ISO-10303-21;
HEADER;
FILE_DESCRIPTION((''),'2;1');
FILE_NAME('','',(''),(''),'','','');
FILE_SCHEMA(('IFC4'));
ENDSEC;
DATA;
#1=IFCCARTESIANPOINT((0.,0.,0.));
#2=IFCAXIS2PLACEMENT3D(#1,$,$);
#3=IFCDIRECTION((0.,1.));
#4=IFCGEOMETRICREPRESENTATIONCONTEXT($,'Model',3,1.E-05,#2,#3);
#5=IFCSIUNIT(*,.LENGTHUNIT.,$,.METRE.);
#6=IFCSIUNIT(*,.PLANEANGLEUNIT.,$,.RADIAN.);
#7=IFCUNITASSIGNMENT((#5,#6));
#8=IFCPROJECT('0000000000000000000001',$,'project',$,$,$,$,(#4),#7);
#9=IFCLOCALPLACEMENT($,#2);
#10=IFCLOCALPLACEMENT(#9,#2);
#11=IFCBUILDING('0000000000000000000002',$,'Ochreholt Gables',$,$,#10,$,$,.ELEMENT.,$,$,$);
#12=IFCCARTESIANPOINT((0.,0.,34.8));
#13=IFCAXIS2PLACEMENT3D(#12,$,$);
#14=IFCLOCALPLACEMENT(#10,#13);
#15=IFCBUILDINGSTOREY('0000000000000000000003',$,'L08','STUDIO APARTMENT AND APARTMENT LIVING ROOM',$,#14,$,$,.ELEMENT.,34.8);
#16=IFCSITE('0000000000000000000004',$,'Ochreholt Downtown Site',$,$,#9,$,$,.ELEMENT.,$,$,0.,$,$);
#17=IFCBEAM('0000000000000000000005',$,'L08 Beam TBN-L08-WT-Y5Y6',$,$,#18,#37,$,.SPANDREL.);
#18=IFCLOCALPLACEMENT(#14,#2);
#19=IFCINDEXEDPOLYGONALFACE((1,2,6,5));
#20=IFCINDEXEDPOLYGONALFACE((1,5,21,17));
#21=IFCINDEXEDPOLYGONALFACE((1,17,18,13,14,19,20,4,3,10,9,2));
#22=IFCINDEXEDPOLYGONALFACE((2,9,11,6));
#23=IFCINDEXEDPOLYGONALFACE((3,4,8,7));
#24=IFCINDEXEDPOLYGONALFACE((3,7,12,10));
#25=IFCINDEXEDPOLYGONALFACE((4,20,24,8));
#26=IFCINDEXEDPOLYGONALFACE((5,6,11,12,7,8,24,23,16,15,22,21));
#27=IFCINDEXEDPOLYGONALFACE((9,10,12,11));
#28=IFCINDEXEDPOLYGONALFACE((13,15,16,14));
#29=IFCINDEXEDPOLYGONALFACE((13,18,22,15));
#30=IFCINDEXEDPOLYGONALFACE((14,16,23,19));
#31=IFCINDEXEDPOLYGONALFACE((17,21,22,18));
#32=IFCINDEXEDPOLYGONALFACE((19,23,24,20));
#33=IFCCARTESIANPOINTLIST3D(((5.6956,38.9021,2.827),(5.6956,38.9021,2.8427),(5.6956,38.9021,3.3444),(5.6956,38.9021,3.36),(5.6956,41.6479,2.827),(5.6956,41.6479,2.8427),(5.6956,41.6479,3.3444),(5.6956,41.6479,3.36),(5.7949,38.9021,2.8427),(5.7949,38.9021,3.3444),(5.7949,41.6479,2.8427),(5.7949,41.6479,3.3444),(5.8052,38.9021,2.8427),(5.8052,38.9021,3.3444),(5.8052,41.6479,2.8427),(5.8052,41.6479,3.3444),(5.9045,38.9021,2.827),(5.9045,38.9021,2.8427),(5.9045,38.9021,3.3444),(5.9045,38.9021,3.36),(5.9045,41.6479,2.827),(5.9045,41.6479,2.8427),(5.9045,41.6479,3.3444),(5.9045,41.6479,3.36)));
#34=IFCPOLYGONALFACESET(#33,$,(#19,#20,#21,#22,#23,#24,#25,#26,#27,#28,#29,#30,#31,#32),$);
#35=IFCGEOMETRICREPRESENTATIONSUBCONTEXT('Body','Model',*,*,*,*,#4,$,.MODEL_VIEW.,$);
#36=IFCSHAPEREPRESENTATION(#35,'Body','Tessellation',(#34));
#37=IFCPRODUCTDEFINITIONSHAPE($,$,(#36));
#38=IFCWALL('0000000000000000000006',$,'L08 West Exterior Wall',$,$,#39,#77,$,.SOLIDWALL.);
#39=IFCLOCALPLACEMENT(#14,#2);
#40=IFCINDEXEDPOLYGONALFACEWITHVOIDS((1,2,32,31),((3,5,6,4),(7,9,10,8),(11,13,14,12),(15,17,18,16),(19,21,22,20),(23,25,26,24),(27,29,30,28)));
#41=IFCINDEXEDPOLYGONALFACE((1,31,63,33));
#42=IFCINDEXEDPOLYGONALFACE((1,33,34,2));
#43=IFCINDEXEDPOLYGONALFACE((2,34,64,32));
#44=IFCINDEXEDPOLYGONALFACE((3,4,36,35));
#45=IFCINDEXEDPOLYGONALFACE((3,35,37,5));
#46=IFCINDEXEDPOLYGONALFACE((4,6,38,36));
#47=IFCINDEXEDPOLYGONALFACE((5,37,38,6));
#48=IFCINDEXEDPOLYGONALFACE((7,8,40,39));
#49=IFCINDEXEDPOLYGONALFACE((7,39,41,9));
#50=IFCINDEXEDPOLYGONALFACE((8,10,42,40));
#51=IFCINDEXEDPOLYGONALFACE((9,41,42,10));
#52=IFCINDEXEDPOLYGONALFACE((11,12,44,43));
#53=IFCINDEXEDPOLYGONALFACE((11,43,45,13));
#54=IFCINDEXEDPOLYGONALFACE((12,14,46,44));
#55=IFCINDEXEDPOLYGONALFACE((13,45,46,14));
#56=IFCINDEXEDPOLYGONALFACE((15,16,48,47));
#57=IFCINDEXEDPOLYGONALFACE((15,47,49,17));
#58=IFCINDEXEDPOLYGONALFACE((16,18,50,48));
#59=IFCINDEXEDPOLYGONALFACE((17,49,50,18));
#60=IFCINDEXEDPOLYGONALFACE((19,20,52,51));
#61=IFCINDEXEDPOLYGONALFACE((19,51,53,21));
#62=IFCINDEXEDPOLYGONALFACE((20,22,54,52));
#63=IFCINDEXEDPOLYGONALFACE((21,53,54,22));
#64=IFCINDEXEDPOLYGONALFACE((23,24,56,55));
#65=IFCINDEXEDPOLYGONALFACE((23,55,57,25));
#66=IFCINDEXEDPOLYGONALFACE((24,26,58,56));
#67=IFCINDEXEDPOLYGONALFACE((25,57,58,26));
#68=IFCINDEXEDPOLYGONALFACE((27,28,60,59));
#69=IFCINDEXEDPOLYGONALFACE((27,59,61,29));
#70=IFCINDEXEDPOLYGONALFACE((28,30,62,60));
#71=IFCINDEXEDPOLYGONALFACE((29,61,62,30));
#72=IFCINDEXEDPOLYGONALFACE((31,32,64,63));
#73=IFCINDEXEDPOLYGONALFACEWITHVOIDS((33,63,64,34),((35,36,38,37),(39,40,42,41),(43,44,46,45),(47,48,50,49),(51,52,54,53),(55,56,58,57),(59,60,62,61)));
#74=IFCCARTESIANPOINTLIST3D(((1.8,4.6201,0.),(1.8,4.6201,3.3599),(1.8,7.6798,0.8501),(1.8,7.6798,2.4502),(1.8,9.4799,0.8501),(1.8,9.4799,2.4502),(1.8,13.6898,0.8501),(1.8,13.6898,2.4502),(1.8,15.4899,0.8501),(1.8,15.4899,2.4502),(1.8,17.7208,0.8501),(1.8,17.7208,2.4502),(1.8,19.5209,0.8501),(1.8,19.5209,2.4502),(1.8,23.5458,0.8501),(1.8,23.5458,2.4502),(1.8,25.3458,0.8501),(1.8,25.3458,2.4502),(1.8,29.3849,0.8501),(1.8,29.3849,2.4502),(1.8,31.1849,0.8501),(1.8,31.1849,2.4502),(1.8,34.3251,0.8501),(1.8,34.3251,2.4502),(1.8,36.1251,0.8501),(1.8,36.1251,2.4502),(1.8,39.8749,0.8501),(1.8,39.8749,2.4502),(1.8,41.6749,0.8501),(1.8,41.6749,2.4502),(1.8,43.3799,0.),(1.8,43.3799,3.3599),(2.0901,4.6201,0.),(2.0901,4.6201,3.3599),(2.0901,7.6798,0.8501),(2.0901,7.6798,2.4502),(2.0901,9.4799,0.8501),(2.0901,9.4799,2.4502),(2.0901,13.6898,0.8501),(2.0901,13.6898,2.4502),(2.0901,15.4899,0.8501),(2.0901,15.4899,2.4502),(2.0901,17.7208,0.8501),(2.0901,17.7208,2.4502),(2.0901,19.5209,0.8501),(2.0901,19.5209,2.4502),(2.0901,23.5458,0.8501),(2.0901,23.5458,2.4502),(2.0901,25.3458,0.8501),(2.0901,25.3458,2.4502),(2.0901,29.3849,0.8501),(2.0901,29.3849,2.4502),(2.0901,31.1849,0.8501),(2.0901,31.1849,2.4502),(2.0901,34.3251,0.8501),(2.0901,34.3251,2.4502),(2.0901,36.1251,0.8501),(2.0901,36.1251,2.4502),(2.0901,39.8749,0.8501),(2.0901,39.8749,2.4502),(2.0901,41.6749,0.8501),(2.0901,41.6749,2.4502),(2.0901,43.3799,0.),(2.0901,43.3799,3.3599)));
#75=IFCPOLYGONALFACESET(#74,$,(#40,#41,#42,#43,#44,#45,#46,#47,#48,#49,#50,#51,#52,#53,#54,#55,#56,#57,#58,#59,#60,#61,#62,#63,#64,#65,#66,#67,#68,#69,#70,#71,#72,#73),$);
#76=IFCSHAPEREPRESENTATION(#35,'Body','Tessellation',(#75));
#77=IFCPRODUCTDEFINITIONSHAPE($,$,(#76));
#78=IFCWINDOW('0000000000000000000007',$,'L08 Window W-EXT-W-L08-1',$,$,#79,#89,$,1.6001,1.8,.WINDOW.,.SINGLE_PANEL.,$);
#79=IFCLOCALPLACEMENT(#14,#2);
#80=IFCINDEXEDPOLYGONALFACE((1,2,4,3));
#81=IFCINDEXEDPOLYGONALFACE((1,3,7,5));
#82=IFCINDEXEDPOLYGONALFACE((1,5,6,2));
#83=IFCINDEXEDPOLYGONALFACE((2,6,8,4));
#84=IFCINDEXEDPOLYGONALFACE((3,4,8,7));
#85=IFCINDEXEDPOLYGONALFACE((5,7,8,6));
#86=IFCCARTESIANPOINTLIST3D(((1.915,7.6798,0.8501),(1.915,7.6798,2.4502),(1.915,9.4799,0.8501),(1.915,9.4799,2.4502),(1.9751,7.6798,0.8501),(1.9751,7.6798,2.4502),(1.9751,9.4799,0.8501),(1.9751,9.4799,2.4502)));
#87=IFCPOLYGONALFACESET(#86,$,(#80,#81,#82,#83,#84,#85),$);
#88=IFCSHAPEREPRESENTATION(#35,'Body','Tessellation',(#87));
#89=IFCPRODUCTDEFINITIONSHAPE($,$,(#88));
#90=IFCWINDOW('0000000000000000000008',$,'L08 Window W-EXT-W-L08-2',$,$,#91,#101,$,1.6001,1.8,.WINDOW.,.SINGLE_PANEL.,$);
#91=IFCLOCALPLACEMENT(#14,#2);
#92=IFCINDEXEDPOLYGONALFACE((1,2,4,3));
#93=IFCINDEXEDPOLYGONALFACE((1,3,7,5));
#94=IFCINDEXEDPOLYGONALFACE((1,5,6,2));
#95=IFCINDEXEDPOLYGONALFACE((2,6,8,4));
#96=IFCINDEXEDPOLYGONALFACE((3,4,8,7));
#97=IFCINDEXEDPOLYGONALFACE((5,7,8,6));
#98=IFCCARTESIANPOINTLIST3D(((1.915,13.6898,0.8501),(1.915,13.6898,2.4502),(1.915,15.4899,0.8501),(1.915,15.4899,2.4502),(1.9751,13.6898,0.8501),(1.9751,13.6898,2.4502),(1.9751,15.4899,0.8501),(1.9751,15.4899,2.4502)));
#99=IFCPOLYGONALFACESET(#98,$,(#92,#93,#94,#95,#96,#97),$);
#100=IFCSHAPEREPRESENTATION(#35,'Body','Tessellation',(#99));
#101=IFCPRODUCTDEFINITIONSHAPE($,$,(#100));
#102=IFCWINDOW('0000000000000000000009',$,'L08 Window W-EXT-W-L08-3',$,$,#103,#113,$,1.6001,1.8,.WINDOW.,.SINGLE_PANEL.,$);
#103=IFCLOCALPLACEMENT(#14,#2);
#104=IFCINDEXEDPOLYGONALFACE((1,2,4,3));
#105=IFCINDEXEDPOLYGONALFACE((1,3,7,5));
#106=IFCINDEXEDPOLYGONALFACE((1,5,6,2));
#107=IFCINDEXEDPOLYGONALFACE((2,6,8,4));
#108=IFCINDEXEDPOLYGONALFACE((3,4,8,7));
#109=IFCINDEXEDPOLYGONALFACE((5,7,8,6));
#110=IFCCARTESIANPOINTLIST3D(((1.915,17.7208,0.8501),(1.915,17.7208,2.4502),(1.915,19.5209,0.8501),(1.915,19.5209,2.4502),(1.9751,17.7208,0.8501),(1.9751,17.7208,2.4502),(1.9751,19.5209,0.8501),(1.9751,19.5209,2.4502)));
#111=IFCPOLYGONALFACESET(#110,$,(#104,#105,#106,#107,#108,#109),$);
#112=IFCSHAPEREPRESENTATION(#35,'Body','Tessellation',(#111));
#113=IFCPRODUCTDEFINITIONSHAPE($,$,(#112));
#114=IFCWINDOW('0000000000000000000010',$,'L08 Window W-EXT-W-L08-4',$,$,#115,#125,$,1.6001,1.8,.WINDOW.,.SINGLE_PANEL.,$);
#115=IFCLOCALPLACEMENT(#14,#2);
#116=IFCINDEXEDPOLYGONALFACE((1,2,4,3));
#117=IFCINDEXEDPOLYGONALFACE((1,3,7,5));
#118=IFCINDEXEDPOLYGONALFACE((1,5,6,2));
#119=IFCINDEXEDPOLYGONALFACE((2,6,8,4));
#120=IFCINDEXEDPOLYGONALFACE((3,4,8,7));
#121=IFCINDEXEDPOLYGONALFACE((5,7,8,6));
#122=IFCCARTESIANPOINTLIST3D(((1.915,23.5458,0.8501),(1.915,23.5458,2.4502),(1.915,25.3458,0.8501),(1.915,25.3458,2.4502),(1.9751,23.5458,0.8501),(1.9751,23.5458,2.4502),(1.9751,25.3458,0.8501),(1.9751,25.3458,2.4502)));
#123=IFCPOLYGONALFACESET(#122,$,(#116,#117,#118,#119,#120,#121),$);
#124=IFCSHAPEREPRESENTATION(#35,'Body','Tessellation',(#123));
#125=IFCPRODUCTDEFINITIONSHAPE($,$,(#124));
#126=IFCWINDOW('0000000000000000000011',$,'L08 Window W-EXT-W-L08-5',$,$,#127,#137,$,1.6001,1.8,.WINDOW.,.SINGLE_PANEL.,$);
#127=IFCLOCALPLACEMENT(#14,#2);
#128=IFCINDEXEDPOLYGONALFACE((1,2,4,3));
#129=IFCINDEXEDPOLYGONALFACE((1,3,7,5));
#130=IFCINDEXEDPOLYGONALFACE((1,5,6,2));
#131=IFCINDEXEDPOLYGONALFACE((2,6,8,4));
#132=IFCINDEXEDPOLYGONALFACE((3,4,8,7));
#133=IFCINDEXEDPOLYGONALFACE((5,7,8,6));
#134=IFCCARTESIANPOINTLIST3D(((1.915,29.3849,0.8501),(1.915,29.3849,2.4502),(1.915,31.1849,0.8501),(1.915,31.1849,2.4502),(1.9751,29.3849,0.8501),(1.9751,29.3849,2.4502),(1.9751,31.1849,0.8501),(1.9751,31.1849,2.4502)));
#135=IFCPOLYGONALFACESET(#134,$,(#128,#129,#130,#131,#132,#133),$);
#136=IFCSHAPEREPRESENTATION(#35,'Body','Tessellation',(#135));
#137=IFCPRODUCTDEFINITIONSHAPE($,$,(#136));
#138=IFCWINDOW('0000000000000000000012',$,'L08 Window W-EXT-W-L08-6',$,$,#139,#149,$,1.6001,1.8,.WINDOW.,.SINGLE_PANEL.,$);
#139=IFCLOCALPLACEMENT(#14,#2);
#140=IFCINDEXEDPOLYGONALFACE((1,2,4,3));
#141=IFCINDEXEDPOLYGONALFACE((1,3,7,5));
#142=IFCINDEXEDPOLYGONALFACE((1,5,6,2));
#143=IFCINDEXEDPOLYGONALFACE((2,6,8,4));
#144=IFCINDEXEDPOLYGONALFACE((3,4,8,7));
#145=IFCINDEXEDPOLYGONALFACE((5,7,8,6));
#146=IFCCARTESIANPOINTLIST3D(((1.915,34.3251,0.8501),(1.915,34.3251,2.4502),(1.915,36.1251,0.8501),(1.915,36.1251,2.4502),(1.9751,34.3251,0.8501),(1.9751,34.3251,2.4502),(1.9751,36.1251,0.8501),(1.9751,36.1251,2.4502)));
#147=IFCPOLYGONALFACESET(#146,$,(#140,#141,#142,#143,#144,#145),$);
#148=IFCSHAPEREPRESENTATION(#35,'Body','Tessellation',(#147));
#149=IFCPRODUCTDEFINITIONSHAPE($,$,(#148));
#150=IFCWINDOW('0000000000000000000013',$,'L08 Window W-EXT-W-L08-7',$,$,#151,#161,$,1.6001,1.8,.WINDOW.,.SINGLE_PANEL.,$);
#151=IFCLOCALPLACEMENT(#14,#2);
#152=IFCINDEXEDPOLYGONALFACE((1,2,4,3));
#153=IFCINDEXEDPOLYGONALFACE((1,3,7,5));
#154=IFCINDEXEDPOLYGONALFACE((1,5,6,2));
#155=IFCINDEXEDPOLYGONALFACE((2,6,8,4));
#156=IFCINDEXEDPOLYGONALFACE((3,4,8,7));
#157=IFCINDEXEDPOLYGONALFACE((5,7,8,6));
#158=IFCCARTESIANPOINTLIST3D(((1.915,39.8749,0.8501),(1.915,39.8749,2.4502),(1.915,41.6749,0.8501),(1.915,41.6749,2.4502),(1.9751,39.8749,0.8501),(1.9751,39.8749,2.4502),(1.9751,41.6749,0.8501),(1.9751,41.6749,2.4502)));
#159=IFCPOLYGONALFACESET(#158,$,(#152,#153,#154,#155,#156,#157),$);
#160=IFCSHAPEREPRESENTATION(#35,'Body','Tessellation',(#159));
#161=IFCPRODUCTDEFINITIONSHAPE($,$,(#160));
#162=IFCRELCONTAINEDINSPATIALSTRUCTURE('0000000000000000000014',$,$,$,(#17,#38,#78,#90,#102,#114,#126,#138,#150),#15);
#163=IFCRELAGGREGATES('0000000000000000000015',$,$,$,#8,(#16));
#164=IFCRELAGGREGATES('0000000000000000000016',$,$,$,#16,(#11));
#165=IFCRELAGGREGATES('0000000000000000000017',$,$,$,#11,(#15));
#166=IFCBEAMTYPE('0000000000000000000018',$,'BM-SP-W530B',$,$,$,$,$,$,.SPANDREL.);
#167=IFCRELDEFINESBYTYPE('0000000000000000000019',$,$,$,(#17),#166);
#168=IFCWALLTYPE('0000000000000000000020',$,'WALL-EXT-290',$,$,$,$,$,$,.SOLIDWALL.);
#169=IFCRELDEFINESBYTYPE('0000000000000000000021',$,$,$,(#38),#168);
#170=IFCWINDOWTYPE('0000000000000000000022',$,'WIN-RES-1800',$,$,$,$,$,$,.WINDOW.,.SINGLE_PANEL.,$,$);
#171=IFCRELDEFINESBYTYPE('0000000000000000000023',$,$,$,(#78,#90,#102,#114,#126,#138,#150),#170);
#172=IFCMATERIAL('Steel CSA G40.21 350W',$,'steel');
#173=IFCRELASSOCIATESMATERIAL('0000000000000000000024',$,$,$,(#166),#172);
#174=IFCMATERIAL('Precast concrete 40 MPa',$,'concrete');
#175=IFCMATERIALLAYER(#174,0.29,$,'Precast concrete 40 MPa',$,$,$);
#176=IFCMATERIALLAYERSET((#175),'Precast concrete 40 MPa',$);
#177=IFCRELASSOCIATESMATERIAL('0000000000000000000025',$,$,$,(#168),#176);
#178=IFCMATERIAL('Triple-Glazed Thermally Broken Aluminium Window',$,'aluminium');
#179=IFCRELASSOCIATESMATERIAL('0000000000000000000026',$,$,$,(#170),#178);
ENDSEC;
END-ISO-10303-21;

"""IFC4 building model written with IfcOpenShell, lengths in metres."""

from ifc_helpers import new_model, si_unit, direction, frame, frame_2d, origin, origin_2d, place, context, subcontext, project, spatial, rectangle, i_section, extrude, material, layer, layer_set, material_profile, profile_set, type_object, element, fill, save


model = new_model("IFC4")

# Units and contexts
model_context = context("Model", 3, precision=1e-05, world=origin(), true_north=direction((0.0, 1.0)))
body_context = subcontext(model_context, "Body", "Model", "MODEL_VIEW")
ifc_project = project(units=[si_unit("LENGTHUNIT", "METRE"), si_unit("PLANEANGLEUNIT", "RADIAN")], contexts=[model_context])

# Site, building, storey
site_placement = place(None, origin())
site = spatial("IfcSite", under=ifc_project, at=site_placement, Name="Ochreholt Downtown Site", CompositionType="ELEMENT", RefElevation=0.0)
building_placement = place(site_placement, origin())
building = spatial("IfcBuilding", under=site, at=building_placement, Name="Ochreholt Gables", CompositionType="ELEMENT")
storey_placement = place(building_placement, frame((0.0, 0.0, 34.8)))
storey = spatial("IfcBuildingStorey", under=building, at=storey_placement, Name="L08", Description="STUDIO APARTMENT AND APARTMENT LIVING ROOM", CompositionType="ELEMENT", Elevation=34.8)

# Shared definitions
ifc_material_1 = material(Name="Steel CSA G40.21 350W", Category="steel")

# Beam
ifc_material_profile_1 = material_profile(ifc_material_1, i_section(OverallWidth=0.209, OverallDepth=0.533, WebThickness=0.0103, FlangeThickness=0.0156, at=origin_2d()), Name="W530X92")
ifc_profile_set_1 = profile_set([ifc_material_profile_1], Name="Steel CSA G40.21 350W")
beam_type_1 = type_object("IfcBeamType", Name="BM-SP-W530B", PredefinedType="SPANDREL", material=ifc_profile_set_1)
beam_1_placement = place(storey_placement, frame((5.8, 38.9021, 3.0935), z_axis=(0.0, 1.0, 0.0), x_axis=(-1.0, 0.0, 0.0)))
element("IfcBeam", 1, at=beam_1_placement, inside=storey, type_object=beam_type_1, Name="L08 Beam TBN-L08-WT-Y5Y6", PredefinedType="SPANDREL", context=body_context, shape_type="SweptSolid", body=[
    extrude(i_section(OverallWidth=0.209, OverallDepth=0.533, WebThickness=0.0103, FlangeThickness=0.0156, at=origin_2d()), origin(), (0.0, 0.0, 1.0), 2.7458),
])

# Wall, openings, windows
ifc_material_2 = material(Name="Precast concrete 40 MPa", Category="concrete")
ifc_layer_1 = layer(ifc_material_2, 0.29, Name="Precast concrete 40 MPa")
ifc_layer_set_1 = layer_set([ifc_layer_1], Name="Precast concrete 40 MPa")
wall_type_1 = type_object("IfcWallType", Name="WALL-EXT-290", PredefinedType="SOLIDWALL", material=ifc_layer_set_1)
wall_1_placement = place(storey_placement, frame((1.9451, 43.3799, 0.0), z_axis=(0.0, 0.0, 1.0), x_axis=(0.0, -1.0, 0.0)))
wall_1 = element("IfcWall", 2, at=wall_1_placement, inside=storey, type_object=wall_type_1, Name="L08 West Exterior Wall", PredefinedType="SOLIDWALL", context=body_context, shape_type="SweptSolid", body=[
    extrude(rectangle(XDim=38.7598, YDim=0.29, at=frame_2d((19.3799, 0.0))), origin(), (0.0, 0.0, 1.0), 3.3599),
])
opening_1_placement = place(wall_1_placement, frame((33.9001, 0.0, 0.8501)))
opening_1 = element("IfcOpeningElement", 3, at=opening_1_placement, cuts=wall_1, PredefinedType="OPENING", context=body_context, shape_type="SweptSolid", body=[
    extrude(rectangle(XDim=1.8, YDim=1.6001, at=frame_2d((0.8999, 0.8))), frame((0.0, 0.155, 0.0), z_axis=(0.0, -1.0, 0.0), x_axis=(1.0, 0.0, 0.0)), (0.0, 0.0, 1.0), 0.3101),
])
opening_2_placement = place(wall_1_placement, frame((27.8901, 0.0, 0.8501)))
opening_2 = element("IfcOpeningElement", 4, at=opening_2_placement, cuts=wall_1, PredefinedType="OPENING", context=body_context, shape_type="SweptSolid", body=[
    extrude(rectangle(XDim=1.8, YDim=1.6001, at=frame_2d((0.8999, 0.8))), frame((0.0, 0.155, 0.0), z_axis=(0.0, -1.0, 0.0), x_axis=(1.0, 0.0, 0.0)), (0.0, 0.0, 1.0), 0.3101),
])
opening_3_placement = place(wall_1_placement, frame((23.8591, 0.0, 0.8501)))
opening_3 = element("IfcOpeningElement", 5, at=opening_3_placement, cuts=wall_1, PredefinedType="OPENING", context=body_context, shape_type="SweptSolid", body=[
    extrude(rectangle(XDim=1.8, YDim=1.6001, at=frame_2d((0.8999, 0.8))), frame((0.0, 0.155, 0.0), z_axis=(0.0, -1.0, 0.0), x_axis=(1.0, 0.0, 0.0)), (0.0, 0.0, 1.0), 0.3101),
])
opening_4_placement = place(wall_1_placement, frame((18.0342, 0.0, 0.8501)))
opening_4 = element("IfcOpeningElement", 6, at=opening_4_placement, cuts=wall_1, PredefinedType="OPENING", context=body_context, shape_type="SweptSolid", body=[
    extrude(rectangle(XDim=1.8, YDim=1.6001, at=frame_2d((0.8999, 0.8))), frame((0.0, 0.155, 0.0), z_axis=(0.0, -1.0, 0.0), x_axis=(1.0, 0.0, 0.0)), (0.0, 0.0, 1.0), 0.3101),
])
opening_5_placement = place(wall_1_placement, frame((12.1951, 0.0, 0.8501)))
opening_5 = element("IfcOpeningElement", 7, at=opening_5_placement, cuts=wall_1, PredefinedType="OPENING", context=body_context, shape_type="SweptSolid", body=[
    extrude(rectangle(XDim=1.8, YDim=1.6001, at=frame_2d((0.8999, 0.8))), frame((0.0, 0.155, 0.0), z_axis=(0.0, -1.0, 0.0), x_axis=(1.0, 0.0, 0.0)), (0.0, 0.0, 1.0), 0.3101),
])
opening_6_placement = place(wall_1_placement, frame((7.2549, 0.0, 0.8501)))
opening_6 = element("IfcOpeningElement", 8, at=opening_6_placement, cuts=wall_1, PredefinedType="OPENING", context=body_context, shape_type="SweptSolid", body=[
    extrude(rectangle(XDim=1.8, YDim=1.6001, at=frame_2d((0.8999, 0.8))), frame((0.0, 0.155, 0.0), z_axis=(0.0, -1.0, 0.0), x_axis=(1.0, 0.0, 0.0)), (0.0, 0.0, 1.0), 0.3101),
])
opening_7_placement = place(wall_1_placement, frame((1.7051, 0.0, 0.8501)))
opening_7 = element("IfcOpeningElement", 9, at=opening_7_placement, cuts=wall_1, PredefinedType="OPENING", context=body_context, shape_type="SweptSolid", body=[
    extrude(rectangle(XDim=1.8, YDim=1.6001, at=frame_2d((0.8999, 0.8))), frame((0.0, 0.155, 0.0), z_axis=(0.0, -1.0, 0.0), x_axis=(1.0, 0.0, 0.0)), (0.0, 0.0, 1.0), 0.3101),
])
ifc_material_3 = material(Name="Triple-Glazed Thermally Broken Aluminium Window", Category="aluminium")
window_type = type_object("IfcWindowType", Name="WIN-RES-1800", PartitioningType="SINGLE_PANEL", PredefinedType="WINDOW", material=ifc_material_3)
window_1_placement = place(opening_1_placement, origin())
window_1 = element("IfcWindow", 10, at=window_1_placement, inside=storey, type_object=window_type, Name="L08 Window W-EXT-W-L08-1", OverallHeight=1.6001, OverallWidth=1.8, PartitioningType="SINGLE_PANEL", PredefinedType="WINDOW", context=body_context, shape_type="SweptSolid", body=[
    extrude(rectangle(XDim=1.8, YDim=1.6001, at=frame_2d((0.8999, 0.8))), frame((0.0, 0.03, 0.0), z_axis=(0.0, -1.0, 0.0), x_axis=(1.0, 0.0, 0.0)), (0.0, 0.0, 1.0), 0.0601),
])
fill(opening_1, window_1)
window_2_placement = place(opening_2_placement, origin())
window_2 = element("IfcWindow", 11, at=window_2_placement, inside=storey, type_object=window_type, Name="L08 Window W-EXT-W-L08-2", OverallHeight=1.6001, OverallWidth=1.8, PartitioningType="SINGLE_PANEL", PredefinedType="WINDOW", context=body_context, shape_type="SweptSolid", body=[
    extrude(rectangle(XDim=1.8, YDim=1.6001, at=frame_2d((0.8999, 0.8))), frame((0.0, 0.03, 0.0), z_axis=(0.0, -1.0, 0.0), x_axis=(1.0, 0.0, 0.0)), (0.0, 0.0, 1.0), 0.0601),
])
fill(opening_2, window_2)
window_3_placement = place(opening_3_placement, origin())
window_3 = element("IfcWindow", 12, at=window_3_placement, inside=storey, type_object=window_type, Name="L08 Window W-EXT-W-L08-3", OverallHeight=1.6001, OverallWidth=1.8, PartitioningType="SINGLE_PANEL", PredefinedType="WINDOW", context=body_context, shape_type="SweptSolid", body=[
    extrude(rectangle(XDim=1.8, YDim=1.6001, at=frame_2d((0.8999, 0.8))), frame((0.0, 0.03, 0.0), z_axis=(0.0, -1.0, 0.0), x_axis=(1.0, 0.0, 0.0)), (0.0, 0.0, 1.0), 0.0601),
])
fill(opening_3, window_3)
window_4_placement = place(opening_4_placement, origin())
window_4 = element("IfcWindow", 13, at=window_4_placement, inside=storey, type_object=window_type, Name="L08 Window W-EXT-W-L08-4", OverallHeight=1.6001, OverallWidth=1.8, PartitioningType="SINGLE_PANEL", PredefinedType="WINDOW", context=body_context, shape_type="SweptSolid", body=[
    extrude(rectangle(XDim=1.8, YDim=1.6001, at=frame_2d((0.8999, 0.8))), frame((0.0, 0.03, 0.0), z_axis=(0.0, -1.0, 0.0), x_axis=(1.0, 0.0, 0.0)), (0.0, 0.0, 1.0), 0.0601),
])
fill(opening_4, window_4)
window_5_placement = place(opening_5_placement, origin())
window_5 = element("IfcWindow", 14, at=window_5_placement, inside=storey, type_object=window_type, Name="L08 Window W-EXT-W-L08-5", OverallHeight=1.6001, OverallWidth=1.8, PartitioningType="SINGLE_PANEL", PredefinedType="WINDOW", context=body_context, shape_type="SweptSolid", body=[
    extrude(rectangle(XDim=1.8, YDim=1.6001, at=frame_2d((0.8999, 0.8))), frame((0.0, 0.03, 0.0), z_axis=(0.0, -1.0, 0.0), x_axis=(1.0, 0.0, 0.0)), (0.0, 0.0, 1.0), 0.0601),
])
fill(opening_5, window_5)
window_6_placement = place(opening_6_placement, origin())
window_6 = element("IfcWindow", 15, at=window_6_placement, inside=storey, type_object=window_type, Name="L08 Window W-EXT-W-L08-6", OverallHeight=1.6001, OverallWidth=1.8, PartitioningType="SINGLE_PANEL", PredefinedType="WINDOW", context=body_context, shape_type="SweptSolid", body=[
    extrude(rectangle(XDim=1.8, YDim=1.6001, at=frame_2d((0.8999, 0.8))), frame((0.0, 0.03, 0.0), z_axis=(0.0, -1.0, 0.0), x_axis=(1.0, 0.0, 0.0)), (0.0, 0.0, 1.0), 0.0601),
])
fill(opening_6, window_6)
window_7_placement = place(opening_7_placement, origin())
window_7 = element("IfcWindow", 16, at=window_7_placement, inside=storey, type_object=window_type, Name="L08 Window W-EXT-W-L08-7", OverallHeight=1.6001, OverallWidth=1.8, PartitioningType="SINGLE_PANEL", PredefinedType="WINDOW", context=body_context, shape_type="SweptSolid", body=[
    extrude(rectangle(XDim=1.8, YDim=1.6001, at=frame_2d((0.8999, 0.8))), frame((0.0, 0.03, 0.0), z_axis=(0.0, -1.0, 0.0), x_axis=(1.0, 0.0, 0.0)), (0.0, 0.0, 1.0), 0.0601),
])
fill(opening_7, window_7)

save(model, "model.ifc")
